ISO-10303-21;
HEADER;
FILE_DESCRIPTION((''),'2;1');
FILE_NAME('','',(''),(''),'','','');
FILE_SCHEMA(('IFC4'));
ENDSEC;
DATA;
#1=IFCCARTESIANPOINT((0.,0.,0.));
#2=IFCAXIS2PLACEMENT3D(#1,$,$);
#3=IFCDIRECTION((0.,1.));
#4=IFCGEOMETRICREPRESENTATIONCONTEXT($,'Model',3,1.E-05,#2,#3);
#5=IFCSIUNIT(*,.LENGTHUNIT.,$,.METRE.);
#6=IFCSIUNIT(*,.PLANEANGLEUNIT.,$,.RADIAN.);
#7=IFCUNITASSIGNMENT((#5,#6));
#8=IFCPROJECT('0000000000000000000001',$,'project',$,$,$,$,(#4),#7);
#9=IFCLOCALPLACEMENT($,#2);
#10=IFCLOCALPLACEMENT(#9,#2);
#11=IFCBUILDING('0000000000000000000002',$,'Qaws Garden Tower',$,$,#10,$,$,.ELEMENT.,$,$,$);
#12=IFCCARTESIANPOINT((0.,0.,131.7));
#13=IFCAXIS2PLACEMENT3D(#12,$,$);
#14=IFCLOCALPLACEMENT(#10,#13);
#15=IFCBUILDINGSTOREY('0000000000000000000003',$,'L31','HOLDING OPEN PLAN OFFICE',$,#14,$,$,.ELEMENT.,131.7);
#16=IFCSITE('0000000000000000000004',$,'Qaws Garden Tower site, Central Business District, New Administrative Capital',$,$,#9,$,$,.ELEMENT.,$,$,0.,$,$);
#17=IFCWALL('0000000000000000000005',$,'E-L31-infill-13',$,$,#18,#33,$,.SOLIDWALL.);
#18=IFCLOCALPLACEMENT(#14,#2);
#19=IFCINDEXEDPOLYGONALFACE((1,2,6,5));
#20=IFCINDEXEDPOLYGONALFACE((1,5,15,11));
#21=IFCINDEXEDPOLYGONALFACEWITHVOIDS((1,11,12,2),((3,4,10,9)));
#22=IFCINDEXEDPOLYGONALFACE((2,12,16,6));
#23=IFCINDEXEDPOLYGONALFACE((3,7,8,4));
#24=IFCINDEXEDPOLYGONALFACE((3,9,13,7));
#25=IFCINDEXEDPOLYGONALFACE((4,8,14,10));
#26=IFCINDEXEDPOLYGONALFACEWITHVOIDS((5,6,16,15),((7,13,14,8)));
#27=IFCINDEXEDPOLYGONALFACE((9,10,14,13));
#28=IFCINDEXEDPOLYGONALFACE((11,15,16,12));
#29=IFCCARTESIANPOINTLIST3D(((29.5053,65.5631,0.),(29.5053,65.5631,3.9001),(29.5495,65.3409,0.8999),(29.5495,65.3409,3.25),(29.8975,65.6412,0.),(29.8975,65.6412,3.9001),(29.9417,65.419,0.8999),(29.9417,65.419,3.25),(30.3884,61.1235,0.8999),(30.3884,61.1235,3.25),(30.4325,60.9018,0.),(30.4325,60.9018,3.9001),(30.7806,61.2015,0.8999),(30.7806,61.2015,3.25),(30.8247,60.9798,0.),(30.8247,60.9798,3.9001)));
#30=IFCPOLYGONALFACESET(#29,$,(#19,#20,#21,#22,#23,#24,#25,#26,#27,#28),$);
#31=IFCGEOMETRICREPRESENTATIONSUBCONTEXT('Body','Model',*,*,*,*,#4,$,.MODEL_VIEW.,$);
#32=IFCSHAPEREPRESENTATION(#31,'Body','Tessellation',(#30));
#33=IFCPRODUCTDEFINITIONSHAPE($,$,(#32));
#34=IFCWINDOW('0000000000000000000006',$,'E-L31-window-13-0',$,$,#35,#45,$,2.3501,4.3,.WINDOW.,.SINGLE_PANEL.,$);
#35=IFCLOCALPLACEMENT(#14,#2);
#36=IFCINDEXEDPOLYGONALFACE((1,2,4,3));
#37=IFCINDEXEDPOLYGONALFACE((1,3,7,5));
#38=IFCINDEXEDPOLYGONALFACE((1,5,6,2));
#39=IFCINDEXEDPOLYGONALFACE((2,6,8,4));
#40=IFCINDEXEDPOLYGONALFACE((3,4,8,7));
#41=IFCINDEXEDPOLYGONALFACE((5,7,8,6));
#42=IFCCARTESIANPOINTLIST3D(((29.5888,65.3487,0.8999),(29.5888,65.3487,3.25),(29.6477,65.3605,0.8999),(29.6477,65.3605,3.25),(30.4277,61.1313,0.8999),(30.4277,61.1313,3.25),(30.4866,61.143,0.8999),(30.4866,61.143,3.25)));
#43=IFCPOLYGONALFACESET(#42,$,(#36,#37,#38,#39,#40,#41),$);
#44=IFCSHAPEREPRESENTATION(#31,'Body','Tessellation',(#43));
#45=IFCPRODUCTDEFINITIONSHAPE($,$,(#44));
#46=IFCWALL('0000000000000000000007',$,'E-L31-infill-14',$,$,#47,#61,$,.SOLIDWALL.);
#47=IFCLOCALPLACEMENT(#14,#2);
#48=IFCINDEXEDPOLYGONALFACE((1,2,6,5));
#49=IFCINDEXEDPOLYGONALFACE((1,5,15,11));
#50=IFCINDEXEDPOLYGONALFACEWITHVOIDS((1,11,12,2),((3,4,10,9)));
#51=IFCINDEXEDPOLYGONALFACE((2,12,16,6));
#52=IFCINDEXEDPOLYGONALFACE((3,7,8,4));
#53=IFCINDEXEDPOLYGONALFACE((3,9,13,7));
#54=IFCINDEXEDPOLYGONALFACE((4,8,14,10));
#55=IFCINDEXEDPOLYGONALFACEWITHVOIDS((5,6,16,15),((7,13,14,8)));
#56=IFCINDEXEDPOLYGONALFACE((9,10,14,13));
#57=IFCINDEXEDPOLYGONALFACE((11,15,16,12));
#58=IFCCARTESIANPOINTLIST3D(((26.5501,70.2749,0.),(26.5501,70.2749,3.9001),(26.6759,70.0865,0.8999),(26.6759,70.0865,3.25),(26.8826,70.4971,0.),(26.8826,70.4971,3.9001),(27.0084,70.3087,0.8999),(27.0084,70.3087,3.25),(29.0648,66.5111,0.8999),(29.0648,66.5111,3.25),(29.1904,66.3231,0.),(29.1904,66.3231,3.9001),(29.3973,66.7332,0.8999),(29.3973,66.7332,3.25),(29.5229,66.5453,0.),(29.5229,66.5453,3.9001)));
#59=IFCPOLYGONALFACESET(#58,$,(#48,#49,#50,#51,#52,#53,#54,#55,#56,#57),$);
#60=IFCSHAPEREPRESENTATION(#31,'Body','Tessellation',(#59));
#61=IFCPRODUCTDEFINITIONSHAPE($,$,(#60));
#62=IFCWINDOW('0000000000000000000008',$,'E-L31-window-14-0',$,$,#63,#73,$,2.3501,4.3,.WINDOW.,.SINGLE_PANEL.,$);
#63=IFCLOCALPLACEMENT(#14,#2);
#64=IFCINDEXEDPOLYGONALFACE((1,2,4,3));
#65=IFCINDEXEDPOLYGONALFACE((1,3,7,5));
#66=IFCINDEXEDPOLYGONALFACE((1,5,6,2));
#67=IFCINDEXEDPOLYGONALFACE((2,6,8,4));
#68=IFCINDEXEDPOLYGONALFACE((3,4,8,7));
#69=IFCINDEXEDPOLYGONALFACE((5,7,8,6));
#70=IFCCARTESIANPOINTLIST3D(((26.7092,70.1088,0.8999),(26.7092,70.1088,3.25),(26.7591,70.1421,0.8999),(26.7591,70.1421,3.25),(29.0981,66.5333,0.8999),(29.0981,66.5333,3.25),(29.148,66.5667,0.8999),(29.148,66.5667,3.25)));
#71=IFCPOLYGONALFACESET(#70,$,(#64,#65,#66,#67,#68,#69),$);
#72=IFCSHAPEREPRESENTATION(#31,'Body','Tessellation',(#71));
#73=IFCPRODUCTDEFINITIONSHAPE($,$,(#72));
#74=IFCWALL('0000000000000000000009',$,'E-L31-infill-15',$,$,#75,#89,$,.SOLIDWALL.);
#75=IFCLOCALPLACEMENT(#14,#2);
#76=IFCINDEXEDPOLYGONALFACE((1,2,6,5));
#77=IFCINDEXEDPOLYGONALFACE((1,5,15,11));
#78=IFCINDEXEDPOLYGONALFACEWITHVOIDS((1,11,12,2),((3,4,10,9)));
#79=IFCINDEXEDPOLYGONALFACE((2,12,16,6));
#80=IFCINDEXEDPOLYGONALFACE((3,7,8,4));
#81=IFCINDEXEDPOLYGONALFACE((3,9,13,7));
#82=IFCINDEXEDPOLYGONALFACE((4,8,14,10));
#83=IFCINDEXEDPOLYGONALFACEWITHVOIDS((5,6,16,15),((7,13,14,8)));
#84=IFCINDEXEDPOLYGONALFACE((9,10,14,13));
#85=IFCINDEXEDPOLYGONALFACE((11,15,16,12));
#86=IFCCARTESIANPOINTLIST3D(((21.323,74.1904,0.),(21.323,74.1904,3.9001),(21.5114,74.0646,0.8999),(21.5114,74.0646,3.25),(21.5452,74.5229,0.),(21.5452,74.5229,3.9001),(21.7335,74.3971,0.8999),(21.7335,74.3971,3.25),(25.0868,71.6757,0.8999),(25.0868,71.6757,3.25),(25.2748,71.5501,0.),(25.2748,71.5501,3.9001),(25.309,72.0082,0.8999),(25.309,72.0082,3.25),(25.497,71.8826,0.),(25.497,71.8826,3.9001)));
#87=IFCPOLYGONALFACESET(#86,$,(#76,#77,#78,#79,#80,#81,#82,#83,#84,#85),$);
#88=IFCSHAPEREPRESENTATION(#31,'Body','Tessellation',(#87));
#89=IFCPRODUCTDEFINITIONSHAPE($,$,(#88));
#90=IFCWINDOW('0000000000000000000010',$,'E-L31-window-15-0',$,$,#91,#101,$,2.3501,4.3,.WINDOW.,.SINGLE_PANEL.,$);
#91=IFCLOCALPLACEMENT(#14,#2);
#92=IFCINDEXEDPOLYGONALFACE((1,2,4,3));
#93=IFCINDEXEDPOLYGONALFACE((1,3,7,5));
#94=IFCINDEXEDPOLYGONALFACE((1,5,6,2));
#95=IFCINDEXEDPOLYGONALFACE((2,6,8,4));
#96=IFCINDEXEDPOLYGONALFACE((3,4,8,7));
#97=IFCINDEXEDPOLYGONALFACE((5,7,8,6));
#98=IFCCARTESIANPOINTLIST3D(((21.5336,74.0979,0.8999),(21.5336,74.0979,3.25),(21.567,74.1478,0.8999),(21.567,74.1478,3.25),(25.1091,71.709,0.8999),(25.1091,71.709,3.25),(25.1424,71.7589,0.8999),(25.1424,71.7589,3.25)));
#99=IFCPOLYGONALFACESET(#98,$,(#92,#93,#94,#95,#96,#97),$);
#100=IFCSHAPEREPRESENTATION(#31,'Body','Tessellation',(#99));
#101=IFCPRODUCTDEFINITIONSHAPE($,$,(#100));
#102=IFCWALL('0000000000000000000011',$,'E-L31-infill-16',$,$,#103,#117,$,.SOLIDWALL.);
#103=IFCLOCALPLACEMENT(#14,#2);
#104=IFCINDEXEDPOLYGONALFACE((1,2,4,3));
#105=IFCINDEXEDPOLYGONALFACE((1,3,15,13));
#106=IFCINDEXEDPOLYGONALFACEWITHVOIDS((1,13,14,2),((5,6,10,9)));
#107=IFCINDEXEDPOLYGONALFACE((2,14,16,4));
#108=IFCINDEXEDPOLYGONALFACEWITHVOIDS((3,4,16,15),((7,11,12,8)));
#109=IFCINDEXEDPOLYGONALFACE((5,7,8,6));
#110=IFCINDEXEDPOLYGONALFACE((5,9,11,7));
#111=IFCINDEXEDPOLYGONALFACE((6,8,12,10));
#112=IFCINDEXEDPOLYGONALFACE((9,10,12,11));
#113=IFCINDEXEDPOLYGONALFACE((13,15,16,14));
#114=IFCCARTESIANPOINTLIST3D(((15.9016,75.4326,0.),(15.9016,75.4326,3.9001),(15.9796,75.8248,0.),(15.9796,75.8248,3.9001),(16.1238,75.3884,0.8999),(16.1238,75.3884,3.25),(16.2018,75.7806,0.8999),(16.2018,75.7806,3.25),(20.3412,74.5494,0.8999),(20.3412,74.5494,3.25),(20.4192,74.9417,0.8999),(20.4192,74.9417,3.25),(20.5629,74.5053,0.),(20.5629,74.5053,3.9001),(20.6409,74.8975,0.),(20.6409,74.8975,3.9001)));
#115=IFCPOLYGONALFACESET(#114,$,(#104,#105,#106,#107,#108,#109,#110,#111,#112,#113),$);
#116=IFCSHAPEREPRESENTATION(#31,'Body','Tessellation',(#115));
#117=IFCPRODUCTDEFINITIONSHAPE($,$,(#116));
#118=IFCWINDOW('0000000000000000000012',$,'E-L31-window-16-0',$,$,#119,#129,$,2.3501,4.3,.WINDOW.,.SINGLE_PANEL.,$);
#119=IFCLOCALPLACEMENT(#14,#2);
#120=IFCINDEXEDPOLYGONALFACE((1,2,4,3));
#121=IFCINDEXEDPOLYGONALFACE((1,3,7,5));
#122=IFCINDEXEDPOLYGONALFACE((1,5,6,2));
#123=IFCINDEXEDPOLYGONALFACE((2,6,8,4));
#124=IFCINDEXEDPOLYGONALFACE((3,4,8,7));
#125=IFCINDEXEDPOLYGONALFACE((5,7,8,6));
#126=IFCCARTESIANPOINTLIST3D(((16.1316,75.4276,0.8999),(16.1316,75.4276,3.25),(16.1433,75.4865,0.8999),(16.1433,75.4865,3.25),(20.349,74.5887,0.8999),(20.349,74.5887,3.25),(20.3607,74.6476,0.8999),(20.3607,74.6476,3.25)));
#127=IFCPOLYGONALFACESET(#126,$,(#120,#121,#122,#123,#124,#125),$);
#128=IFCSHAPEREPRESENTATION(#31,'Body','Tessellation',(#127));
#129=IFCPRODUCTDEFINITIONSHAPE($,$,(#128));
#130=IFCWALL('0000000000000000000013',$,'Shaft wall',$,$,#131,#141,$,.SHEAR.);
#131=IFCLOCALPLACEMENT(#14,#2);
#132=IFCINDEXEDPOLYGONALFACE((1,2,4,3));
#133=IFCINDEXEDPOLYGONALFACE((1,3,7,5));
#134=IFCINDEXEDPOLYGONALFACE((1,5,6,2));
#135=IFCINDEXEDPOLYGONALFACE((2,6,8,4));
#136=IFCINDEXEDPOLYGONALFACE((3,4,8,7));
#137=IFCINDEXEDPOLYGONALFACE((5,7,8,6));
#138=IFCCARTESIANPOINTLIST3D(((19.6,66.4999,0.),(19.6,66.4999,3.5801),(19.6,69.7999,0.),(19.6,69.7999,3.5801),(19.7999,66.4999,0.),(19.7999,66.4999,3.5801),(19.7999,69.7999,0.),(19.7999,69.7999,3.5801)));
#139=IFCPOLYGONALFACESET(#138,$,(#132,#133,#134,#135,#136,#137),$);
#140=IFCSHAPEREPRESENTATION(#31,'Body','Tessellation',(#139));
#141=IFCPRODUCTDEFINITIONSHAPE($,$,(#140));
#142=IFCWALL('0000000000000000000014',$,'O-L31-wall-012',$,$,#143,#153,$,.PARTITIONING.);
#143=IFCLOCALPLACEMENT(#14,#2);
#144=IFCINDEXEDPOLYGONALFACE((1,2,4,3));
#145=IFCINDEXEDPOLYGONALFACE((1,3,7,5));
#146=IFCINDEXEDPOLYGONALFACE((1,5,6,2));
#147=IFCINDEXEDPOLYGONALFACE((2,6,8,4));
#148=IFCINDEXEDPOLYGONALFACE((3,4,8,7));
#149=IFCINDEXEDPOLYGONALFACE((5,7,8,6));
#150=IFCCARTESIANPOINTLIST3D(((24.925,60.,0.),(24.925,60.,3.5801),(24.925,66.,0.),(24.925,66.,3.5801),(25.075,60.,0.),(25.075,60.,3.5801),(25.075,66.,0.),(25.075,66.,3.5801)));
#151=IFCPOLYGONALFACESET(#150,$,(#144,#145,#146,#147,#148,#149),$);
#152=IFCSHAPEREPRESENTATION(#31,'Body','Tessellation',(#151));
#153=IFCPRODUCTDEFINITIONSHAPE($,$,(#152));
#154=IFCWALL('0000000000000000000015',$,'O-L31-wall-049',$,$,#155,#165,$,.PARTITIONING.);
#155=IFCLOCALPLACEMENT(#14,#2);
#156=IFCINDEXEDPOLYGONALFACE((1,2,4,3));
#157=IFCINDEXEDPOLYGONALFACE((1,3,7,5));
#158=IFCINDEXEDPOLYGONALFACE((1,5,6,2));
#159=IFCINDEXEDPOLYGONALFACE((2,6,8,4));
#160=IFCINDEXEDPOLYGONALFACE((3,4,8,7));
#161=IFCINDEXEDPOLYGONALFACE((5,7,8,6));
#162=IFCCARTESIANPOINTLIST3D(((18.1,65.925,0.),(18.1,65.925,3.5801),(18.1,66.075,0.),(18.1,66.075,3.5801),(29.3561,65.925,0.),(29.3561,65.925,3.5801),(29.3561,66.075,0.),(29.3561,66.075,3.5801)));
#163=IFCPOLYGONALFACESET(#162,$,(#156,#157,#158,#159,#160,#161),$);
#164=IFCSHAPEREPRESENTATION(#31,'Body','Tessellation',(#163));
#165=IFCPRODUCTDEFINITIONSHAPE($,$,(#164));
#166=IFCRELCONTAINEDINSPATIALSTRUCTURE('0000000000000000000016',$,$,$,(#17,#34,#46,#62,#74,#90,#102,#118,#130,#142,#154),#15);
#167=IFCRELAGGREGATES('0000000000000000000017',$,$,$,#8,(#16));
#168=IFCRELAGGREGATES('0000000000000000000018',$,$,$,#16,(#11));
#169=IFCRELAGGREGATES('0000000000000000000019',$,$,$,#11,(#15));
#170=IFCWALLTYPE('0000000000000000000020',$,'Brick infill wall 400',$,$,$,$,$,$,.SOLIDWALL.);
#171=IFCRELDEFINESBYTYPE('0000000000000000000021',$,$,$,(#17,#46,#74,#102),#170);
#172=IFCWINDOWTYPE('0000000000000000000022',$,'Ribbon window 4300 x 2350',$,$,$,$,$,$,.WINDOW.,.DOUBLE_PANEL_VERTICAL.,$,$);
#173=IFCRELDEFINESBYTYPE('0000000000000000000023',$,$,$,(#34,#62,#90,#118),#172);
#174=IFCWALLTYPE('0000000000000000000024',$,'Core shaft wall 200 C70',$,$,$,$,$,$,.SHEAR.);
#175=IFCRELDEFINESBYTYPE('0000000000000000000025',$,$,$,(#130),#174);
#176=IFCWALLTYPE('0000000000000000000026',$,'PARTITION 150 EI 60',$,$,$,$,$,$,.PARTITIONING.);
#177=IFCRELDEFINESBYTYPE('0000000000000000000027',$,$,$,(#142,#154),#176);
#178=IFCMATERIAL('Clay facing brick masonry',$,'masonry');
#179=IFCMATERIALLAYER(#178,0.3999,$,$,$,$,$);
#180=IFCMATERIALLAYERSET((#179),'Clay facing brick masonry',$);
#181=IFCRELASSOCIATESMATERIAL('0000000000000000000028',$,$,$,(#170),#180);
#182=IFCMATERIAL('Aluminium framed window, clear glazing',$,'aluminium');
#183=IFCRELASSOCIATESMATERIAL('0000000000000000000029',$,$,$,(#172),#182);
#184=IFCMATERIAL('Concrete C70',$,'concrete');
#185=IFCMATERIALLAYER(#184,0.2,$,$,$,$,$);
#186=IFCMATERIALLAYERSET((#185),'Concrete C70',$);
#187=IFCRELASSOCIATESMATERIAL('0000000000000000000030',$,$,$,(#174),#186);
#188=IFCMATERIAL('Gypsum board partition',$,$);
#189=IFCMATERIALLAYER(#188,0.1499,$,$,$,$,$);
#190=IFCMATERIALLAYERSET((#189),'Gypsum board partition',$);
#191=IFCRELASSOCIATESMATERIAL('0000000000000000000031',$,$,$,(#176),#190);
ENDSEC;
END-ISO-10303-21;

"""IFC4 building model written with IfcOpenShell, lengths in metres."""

from ifc_helpers import new_model, si_unit, direction, frame, frame_2d, origin, place, context, subcontext, project, spatial, rectangle, extrude, material, layer, layer_set, type_object, element, fill, save


model = new_model("IFC4")

# Units and contexts
model_context = context("Model", 3, precision=1e-05, world=origin(), true_north=direction((0.0, 1.0)))
body_context = subcontext(model_context, "Body", "Model", "MODEL_VIEW")
ifc_project = project(units=[si_unit("LENGTHUNIT", "METRE"), si_unit("PLANEANGLEUNIT", "RADIAN")], contexts=[model_context])

# Site, building, storey
site_placement = place(None, origin())
site = spatial("IfcSite", under=ifc_project, at=site_placement, Name="Qaws Garden Tower site, Central Business District, New Administrative Capital", CompositionType="ELEMENT", RefElevation=0.0)
building_placement = place(site_placement, origin())
building = spatial("IfcBuilding", under=site, at=building_placement, Name="Qaws Garden Tower", CompositionType="ELEMENT")
storey_placement = place(building_placement, frame((0.0, 0.0, 131.7)))
storey = spatial("IfcBuildingStorey", under=building, at=storey_placement, Name="L31", Description="HOLDING OPEN PLAN OFFICE", CompositionType="ELEMENT", Elevation=131.7)

# Walls, openings, windows
ifc_material_1 = material(Name="Clay facing brick masonry", Category="masonry")
ifc_layer_1 = layer(ifc_material_1, 0.3999)
ifc_layer_set_1 = layer_set([ifc_layer_1], Name="Clay facing brick masonry")
wall_type_1 = type_object("IfcWallType", Name="Brick infill wall 400", PredefinedType="SOLIDWALL", material=ifc_layer_set_1)
wall_1_placement = place(storey_placement, frame((30.6287, 60.9407, 0.0), z_axis=(0.0, 0.0, 1.0), x_axis=(-0.195099, 0.980784, 0.0)))
wall_1 = element("IfcWall", 1, at=wall_1_placement, inside=storey, type_object=wall_type_1, Name="E-L31-infill-13", PredefinedType="SOLIDWALL", context=body_context, shape_type="SweptSolid", body=[
    extrude(rectangle(XDim=4.7527, YDim=0.3999, at=frame_2d((2.3765, 0.0))), origin(), (0.0, 0.0, 1.0), 3.9001),
])
opening_1_placement = place(wall_1_placement, frame((0.2263, 0.0, 0.8999)))
opening_1 = element("IfcOpeningElement", 2, at=opening_1_placement, cuts=wall_1, PredefinedType="OPENING", context=body_context, shape_type="SweptSolid", body=[
    extrude(rectangle(XDim=4.3, YDim=2.3501, at=frame_2d((2.1499, 1.175))), frame((0.0, 0.21, 0.0), z_axis=(0.0, -1.0, 0.0), x_axis=(1.0, 0.0, 0.0)), (0.0, 0.0, 1.0), 0.4199),
])
ifc_material_2 = material(Name="Aluminium framed window, clear glazing", Category="aluminium")
window_type = type_object("IfcWindowType", Name="Ribbon window 4300 x 2350", PartitioningType="DOUBLE_PANEL_VERTICAL", PredefinedType="WINDOW", material=ifc_material_2)
window_1_placement = place(opening_1_placement, origin())
window_1 = element("IfcWindow", 3, at=window_1_placement, inside=storey, type_object=window_type, Name="E-L31-window-13-0", OverallHeight=2.3501, OverallWidth=4.3, PartitioningType="SINGLE_PANEL", PredefinedType="WINDOW", context=body_context, shape_type="SweptSolid", body=[
    extrude(rectangle(XDim=4.3, YDim=2.3501, at=frame_2d((2.1499, 1.175))), frame((0.0, 0.1599, 0.0), z_axis=(0.0, -1.0, 0.0), x_axis=(1.0, 0.0, 0.0)), (0.0, 0.0, 1.0), 0.0601),
])
fill(opening_1, window_1)
wall_2_placement = place(storey_placement, frame((29.3567, 66.4341, 0.0), z_axis=(0.0, 0.0, 1.0), x_axis=(-0.555542, 0.831489, 0.0)))
wall_2 = element("IfcWall", 4, at=wall_2_placement, inside=storey, type_object=wall_type_1, Name="E-L31-infill-14", PredefinedType="SOLIDWALL", context=body_context, shape_type="SweptSolid", body=[
    extrude(rectangle(XDim=4.7527, YDim=0.3999, at=frame_2d((2.3765, 0.0))), origin(), (0.0, 0.0, 1.0), 3.9001),
])
opening_2_placement = place(wall_2_placement, frame((0.2263, 0.0, 0.8999)))
opening_2 = element("IfcOpeningElement", 5, at=opening_2_placement, cuts=wall_2, PredefinedType="OPENING", context=body_context, shape_type="SweptSolid", body=[
    extrude(rectangle(XDim=4.3, YDim=2.3501, at=frame_2d((2.1499, 1.175))), frame((0.0, 0.21, 0.0), z_axis=(0.0, -1.0, 0.0), x_axis=(1.0, 0.0, 0.0)), (0.0, 0.0, 1.0), 0.4199),
])
window_2_placement = place(opening_2_placement, origin())
window_2 = element("IfcWindow", 6, at=window_2_placement, inside=storey, type_object=window_type, Name="E-L31-window-14-0", OverallHeight=2.3501, OverallWidth=4.3, PartitioningType="SINGLE_PANEL", PredefinedType="WINDOW", context=body_context, shape_type="SweptSolid", body=[
    extrude(rectangle(XDim=4.3, YDim=2.3501, at=frame_2d((2.1499, 1.175))), frame((0.0, 0.1599, 0.0), z_axis=(0.0, -1.0, 0.0), x_axis=(1.0, 0.0, 0.0)), (0.0, 0.0, 1.0), 0.0601),
])
fill(opening_2, window_2)
wall_3_placement = place(storey_placement, frame((25.386, 71.7163, 0.0), z_axis=(0.0, 0.0, 1.0), x_axis=(-0.831489, 0.555542, 0.0)))
wall_3 = element("IfcWall", 7, at=wall_3_placement, inside=storey, type_object=wall_type_1, Name="E-L31-infill-15", PredefinedType="SOLIDWALL", context=body_context, shape_type="SweptSolid", body=[
    extrude(rectangle(XDim=4.7527, YDim=0.3999, at=frame_2d((2.3765, 0.0))), origin(), (0.0, 0.0, 1.0), 3.9001),
])
opening_3_placement = place(wall_3_placement, frame((0.2263, 0.0, 0.8999)))
opening_3 = element("IfcOpeningElement", 8, at=opening_3_placement, cuts=wall_3, PredefinedType="OPENING", context=body_context, shape_type="SweptSolid", body=[
    extrude(rectangle(XDim=4.3, YDim=2.3501, at=frame_2d((2.1499, 1.175))), frame((0.0, 0.21, 0.0), z_axis=(0.0, -1.0, 0.0), x_axis=(1.0, 0.0, 0.0)), (0.0, 0.0, 1.0), 0.4199),
])
window_3_placement = place(opening_3_placement, origin())
window_3 = element("IfcWindow", 9, at=window_3_placement, inside=storey, type_object=window_type, Name="E-L31-window-15-0", OverallHeight=2.3501, OverallWidth=4.3, PartitioningType="SINGLE_PANEL", PredefinedType="WINDOW", context=body_context, shape_type="SweptSolid", body=[
    extrude(rectangle(XDim=4.3, YDim=2.3501, at=frame_2d((2.1499, 1.175))), frame((0.0, 0.1599, 0.0), z_axis=(0.0, -1.0, 0.0), x_axis=(1.0, 0.0, 0.0)), (0.0, 0.0, 1.0), 0.0601),
])
fill(opening_3, window_3)
wall_4_placement = place(storey_placement, frame((20.6021, 74.7014, 0.0), z_axis=(0.0, 0.0, 1.0), x_axis=(-0.980784, 0.195099, 0.0)))
wall_4 = element("IfcWall", 10, at=wall_4_placement, inside=storey, type_object=wall_type_1, Name="E-L31-infill-16", PredefinedType="SOLIDWALL", context=body_context, shape_type="SweptSolid", body=[
    extrude(rectangle(XDim=4.7527, YDim=0.3999, at=frame_2d((2.3765, 0.0))), origin(), (0.0, 0.0, 1.0), 3.9001),
])
opening_4_placement = place(wall_4_placement, frame((0.2263, 0.0, 0.8999)))
opening_4 = element("IfcOpeningElement", 11, at=opening_4_placement, cuts=wall_4, PredefinedType="OPENING", context=body_context, shape_type="SweptSolid", body=[
    extrude(rectangle(XDim=4.3, YDim=2.3501, at=frame_2d((2.1499, 1.175))), frame((0.0, 0.21, 0.0), z_axis=(0.0, -1.0, 0.0), x_axis=(1.0, 0.0, 0.0)), (0.0, 0.0, 1.0), 0.4199),
])
window_4_placement = place(opening_4_placement, origin())
window_4 = element("IfcWindow", 12, at=window_4_placement, inside=storey, type_object=window_type, Name="E-L31-window-16-0", OverallHeight=2.3501, OverallWidth=4.3, PartitioningType="SINGLE_PANEL", PredefinedType="WINDOW", context=body_context, shape_type="SweptSolid", body=[
    extrude(rectangle(XDim=4.3, YDim=2.3501, at=frame_2d((2.1499, 1.175))), frame((0.0, 0.1599, 0.0), z_axis=(0.0, -1.0, 0.0), x_axis=(1.0, 0.0, 0.0)), (0.0, 0.0, 1.0), 0.0601),
])
fill(opening_4, window_4)

# Walls
ifc_material_3 = material(Name="Concrete C70", Category="concrete")
ifc_layer_2 = layer(ifc_material_3, 0.2)
ifc_layer_set_2 = layer_set([ifc_layer_2], Name="Concrete C70")
wall_type_2 = type_object("IfcWallType", Name="Core shaft wall 200 C70", PredefinedType="SHEAR", material=ifc_layer_set_2)
wall_5_placement = place(storey_placement, frame((19.7, 66.5, 0.0), z_axis=(0.0, 0.0, 1.0), x_axis=(0.0, 1.0, 0.0)))
element("IfcWall", 13, at=wall_5_placement, inside=storey, type_object=wall_type_2, Name="Shaft wall", PredefinedType="SHEAR", context=body_context, shape_type="SweptSolid", body=[
    extrude(rectangle(XDim=3.3, YDim=0.2, at=frame_2d((1.6499, 0.0))), origin(), (0.0, 0.0, 1.0), 3.5801),
])
ifc_material_4 = material(Name="Gypsum board partition")
ifc_layer_3 = layer(ifc_material_4, 0.1499)
ifc_layer_set_3 = layer_set([ifc_layer_3], Name="Gypsum board partition")
wall_type_3 = type_object("IfcWallType", Name="PARTITION 150 EI 60", PredefinedType="PARTITIONING", material=ifc_layer_set_3)
wall_6_placement = place(storey_placement, frame((25.0, 60.0, 0.0), z_axis=(0.0, 0.0, 1.0), x_axis=(0.0, 1.0, 0.0)))
element("IfcWall", 14, at=wall_6_placement, inside=storey, type_object=wall_type_3, Name="O-L31-wall-012", PredefinedType="PARTITIONING", context=body_context, shape_type="SweptSolid", body=[
    extrude(rectangle(XDim=6.0, YDim=0.1499, at=frame_2d((3.0, 0.0))), origin(), (0.0, 0.0, 1.0), 3.5801),
])
wall_7_placement = place(storey_placement, frame((18.1001, 66.0, 0.0), z_axis=(0.0, 0.0, 1.0), x_axis=(1.0, 0.0, 0.0)))
element("IfcWall", 15, at=wall_7_placement, inside=storey, type_object=wall_type_3, Name="O-L31-wall-049", PredefinedType="PARTITIONING", context=body_context, shape_type="SweptSolid", body=[
    extrude(rectangle(XDim=11.2561, YDim=0.1499, at=frame_2d((5.6279, 0.0))), origin(), (0.0, 0.0, 1.0), 3.5801),
])

save(model, "model.ifc")
